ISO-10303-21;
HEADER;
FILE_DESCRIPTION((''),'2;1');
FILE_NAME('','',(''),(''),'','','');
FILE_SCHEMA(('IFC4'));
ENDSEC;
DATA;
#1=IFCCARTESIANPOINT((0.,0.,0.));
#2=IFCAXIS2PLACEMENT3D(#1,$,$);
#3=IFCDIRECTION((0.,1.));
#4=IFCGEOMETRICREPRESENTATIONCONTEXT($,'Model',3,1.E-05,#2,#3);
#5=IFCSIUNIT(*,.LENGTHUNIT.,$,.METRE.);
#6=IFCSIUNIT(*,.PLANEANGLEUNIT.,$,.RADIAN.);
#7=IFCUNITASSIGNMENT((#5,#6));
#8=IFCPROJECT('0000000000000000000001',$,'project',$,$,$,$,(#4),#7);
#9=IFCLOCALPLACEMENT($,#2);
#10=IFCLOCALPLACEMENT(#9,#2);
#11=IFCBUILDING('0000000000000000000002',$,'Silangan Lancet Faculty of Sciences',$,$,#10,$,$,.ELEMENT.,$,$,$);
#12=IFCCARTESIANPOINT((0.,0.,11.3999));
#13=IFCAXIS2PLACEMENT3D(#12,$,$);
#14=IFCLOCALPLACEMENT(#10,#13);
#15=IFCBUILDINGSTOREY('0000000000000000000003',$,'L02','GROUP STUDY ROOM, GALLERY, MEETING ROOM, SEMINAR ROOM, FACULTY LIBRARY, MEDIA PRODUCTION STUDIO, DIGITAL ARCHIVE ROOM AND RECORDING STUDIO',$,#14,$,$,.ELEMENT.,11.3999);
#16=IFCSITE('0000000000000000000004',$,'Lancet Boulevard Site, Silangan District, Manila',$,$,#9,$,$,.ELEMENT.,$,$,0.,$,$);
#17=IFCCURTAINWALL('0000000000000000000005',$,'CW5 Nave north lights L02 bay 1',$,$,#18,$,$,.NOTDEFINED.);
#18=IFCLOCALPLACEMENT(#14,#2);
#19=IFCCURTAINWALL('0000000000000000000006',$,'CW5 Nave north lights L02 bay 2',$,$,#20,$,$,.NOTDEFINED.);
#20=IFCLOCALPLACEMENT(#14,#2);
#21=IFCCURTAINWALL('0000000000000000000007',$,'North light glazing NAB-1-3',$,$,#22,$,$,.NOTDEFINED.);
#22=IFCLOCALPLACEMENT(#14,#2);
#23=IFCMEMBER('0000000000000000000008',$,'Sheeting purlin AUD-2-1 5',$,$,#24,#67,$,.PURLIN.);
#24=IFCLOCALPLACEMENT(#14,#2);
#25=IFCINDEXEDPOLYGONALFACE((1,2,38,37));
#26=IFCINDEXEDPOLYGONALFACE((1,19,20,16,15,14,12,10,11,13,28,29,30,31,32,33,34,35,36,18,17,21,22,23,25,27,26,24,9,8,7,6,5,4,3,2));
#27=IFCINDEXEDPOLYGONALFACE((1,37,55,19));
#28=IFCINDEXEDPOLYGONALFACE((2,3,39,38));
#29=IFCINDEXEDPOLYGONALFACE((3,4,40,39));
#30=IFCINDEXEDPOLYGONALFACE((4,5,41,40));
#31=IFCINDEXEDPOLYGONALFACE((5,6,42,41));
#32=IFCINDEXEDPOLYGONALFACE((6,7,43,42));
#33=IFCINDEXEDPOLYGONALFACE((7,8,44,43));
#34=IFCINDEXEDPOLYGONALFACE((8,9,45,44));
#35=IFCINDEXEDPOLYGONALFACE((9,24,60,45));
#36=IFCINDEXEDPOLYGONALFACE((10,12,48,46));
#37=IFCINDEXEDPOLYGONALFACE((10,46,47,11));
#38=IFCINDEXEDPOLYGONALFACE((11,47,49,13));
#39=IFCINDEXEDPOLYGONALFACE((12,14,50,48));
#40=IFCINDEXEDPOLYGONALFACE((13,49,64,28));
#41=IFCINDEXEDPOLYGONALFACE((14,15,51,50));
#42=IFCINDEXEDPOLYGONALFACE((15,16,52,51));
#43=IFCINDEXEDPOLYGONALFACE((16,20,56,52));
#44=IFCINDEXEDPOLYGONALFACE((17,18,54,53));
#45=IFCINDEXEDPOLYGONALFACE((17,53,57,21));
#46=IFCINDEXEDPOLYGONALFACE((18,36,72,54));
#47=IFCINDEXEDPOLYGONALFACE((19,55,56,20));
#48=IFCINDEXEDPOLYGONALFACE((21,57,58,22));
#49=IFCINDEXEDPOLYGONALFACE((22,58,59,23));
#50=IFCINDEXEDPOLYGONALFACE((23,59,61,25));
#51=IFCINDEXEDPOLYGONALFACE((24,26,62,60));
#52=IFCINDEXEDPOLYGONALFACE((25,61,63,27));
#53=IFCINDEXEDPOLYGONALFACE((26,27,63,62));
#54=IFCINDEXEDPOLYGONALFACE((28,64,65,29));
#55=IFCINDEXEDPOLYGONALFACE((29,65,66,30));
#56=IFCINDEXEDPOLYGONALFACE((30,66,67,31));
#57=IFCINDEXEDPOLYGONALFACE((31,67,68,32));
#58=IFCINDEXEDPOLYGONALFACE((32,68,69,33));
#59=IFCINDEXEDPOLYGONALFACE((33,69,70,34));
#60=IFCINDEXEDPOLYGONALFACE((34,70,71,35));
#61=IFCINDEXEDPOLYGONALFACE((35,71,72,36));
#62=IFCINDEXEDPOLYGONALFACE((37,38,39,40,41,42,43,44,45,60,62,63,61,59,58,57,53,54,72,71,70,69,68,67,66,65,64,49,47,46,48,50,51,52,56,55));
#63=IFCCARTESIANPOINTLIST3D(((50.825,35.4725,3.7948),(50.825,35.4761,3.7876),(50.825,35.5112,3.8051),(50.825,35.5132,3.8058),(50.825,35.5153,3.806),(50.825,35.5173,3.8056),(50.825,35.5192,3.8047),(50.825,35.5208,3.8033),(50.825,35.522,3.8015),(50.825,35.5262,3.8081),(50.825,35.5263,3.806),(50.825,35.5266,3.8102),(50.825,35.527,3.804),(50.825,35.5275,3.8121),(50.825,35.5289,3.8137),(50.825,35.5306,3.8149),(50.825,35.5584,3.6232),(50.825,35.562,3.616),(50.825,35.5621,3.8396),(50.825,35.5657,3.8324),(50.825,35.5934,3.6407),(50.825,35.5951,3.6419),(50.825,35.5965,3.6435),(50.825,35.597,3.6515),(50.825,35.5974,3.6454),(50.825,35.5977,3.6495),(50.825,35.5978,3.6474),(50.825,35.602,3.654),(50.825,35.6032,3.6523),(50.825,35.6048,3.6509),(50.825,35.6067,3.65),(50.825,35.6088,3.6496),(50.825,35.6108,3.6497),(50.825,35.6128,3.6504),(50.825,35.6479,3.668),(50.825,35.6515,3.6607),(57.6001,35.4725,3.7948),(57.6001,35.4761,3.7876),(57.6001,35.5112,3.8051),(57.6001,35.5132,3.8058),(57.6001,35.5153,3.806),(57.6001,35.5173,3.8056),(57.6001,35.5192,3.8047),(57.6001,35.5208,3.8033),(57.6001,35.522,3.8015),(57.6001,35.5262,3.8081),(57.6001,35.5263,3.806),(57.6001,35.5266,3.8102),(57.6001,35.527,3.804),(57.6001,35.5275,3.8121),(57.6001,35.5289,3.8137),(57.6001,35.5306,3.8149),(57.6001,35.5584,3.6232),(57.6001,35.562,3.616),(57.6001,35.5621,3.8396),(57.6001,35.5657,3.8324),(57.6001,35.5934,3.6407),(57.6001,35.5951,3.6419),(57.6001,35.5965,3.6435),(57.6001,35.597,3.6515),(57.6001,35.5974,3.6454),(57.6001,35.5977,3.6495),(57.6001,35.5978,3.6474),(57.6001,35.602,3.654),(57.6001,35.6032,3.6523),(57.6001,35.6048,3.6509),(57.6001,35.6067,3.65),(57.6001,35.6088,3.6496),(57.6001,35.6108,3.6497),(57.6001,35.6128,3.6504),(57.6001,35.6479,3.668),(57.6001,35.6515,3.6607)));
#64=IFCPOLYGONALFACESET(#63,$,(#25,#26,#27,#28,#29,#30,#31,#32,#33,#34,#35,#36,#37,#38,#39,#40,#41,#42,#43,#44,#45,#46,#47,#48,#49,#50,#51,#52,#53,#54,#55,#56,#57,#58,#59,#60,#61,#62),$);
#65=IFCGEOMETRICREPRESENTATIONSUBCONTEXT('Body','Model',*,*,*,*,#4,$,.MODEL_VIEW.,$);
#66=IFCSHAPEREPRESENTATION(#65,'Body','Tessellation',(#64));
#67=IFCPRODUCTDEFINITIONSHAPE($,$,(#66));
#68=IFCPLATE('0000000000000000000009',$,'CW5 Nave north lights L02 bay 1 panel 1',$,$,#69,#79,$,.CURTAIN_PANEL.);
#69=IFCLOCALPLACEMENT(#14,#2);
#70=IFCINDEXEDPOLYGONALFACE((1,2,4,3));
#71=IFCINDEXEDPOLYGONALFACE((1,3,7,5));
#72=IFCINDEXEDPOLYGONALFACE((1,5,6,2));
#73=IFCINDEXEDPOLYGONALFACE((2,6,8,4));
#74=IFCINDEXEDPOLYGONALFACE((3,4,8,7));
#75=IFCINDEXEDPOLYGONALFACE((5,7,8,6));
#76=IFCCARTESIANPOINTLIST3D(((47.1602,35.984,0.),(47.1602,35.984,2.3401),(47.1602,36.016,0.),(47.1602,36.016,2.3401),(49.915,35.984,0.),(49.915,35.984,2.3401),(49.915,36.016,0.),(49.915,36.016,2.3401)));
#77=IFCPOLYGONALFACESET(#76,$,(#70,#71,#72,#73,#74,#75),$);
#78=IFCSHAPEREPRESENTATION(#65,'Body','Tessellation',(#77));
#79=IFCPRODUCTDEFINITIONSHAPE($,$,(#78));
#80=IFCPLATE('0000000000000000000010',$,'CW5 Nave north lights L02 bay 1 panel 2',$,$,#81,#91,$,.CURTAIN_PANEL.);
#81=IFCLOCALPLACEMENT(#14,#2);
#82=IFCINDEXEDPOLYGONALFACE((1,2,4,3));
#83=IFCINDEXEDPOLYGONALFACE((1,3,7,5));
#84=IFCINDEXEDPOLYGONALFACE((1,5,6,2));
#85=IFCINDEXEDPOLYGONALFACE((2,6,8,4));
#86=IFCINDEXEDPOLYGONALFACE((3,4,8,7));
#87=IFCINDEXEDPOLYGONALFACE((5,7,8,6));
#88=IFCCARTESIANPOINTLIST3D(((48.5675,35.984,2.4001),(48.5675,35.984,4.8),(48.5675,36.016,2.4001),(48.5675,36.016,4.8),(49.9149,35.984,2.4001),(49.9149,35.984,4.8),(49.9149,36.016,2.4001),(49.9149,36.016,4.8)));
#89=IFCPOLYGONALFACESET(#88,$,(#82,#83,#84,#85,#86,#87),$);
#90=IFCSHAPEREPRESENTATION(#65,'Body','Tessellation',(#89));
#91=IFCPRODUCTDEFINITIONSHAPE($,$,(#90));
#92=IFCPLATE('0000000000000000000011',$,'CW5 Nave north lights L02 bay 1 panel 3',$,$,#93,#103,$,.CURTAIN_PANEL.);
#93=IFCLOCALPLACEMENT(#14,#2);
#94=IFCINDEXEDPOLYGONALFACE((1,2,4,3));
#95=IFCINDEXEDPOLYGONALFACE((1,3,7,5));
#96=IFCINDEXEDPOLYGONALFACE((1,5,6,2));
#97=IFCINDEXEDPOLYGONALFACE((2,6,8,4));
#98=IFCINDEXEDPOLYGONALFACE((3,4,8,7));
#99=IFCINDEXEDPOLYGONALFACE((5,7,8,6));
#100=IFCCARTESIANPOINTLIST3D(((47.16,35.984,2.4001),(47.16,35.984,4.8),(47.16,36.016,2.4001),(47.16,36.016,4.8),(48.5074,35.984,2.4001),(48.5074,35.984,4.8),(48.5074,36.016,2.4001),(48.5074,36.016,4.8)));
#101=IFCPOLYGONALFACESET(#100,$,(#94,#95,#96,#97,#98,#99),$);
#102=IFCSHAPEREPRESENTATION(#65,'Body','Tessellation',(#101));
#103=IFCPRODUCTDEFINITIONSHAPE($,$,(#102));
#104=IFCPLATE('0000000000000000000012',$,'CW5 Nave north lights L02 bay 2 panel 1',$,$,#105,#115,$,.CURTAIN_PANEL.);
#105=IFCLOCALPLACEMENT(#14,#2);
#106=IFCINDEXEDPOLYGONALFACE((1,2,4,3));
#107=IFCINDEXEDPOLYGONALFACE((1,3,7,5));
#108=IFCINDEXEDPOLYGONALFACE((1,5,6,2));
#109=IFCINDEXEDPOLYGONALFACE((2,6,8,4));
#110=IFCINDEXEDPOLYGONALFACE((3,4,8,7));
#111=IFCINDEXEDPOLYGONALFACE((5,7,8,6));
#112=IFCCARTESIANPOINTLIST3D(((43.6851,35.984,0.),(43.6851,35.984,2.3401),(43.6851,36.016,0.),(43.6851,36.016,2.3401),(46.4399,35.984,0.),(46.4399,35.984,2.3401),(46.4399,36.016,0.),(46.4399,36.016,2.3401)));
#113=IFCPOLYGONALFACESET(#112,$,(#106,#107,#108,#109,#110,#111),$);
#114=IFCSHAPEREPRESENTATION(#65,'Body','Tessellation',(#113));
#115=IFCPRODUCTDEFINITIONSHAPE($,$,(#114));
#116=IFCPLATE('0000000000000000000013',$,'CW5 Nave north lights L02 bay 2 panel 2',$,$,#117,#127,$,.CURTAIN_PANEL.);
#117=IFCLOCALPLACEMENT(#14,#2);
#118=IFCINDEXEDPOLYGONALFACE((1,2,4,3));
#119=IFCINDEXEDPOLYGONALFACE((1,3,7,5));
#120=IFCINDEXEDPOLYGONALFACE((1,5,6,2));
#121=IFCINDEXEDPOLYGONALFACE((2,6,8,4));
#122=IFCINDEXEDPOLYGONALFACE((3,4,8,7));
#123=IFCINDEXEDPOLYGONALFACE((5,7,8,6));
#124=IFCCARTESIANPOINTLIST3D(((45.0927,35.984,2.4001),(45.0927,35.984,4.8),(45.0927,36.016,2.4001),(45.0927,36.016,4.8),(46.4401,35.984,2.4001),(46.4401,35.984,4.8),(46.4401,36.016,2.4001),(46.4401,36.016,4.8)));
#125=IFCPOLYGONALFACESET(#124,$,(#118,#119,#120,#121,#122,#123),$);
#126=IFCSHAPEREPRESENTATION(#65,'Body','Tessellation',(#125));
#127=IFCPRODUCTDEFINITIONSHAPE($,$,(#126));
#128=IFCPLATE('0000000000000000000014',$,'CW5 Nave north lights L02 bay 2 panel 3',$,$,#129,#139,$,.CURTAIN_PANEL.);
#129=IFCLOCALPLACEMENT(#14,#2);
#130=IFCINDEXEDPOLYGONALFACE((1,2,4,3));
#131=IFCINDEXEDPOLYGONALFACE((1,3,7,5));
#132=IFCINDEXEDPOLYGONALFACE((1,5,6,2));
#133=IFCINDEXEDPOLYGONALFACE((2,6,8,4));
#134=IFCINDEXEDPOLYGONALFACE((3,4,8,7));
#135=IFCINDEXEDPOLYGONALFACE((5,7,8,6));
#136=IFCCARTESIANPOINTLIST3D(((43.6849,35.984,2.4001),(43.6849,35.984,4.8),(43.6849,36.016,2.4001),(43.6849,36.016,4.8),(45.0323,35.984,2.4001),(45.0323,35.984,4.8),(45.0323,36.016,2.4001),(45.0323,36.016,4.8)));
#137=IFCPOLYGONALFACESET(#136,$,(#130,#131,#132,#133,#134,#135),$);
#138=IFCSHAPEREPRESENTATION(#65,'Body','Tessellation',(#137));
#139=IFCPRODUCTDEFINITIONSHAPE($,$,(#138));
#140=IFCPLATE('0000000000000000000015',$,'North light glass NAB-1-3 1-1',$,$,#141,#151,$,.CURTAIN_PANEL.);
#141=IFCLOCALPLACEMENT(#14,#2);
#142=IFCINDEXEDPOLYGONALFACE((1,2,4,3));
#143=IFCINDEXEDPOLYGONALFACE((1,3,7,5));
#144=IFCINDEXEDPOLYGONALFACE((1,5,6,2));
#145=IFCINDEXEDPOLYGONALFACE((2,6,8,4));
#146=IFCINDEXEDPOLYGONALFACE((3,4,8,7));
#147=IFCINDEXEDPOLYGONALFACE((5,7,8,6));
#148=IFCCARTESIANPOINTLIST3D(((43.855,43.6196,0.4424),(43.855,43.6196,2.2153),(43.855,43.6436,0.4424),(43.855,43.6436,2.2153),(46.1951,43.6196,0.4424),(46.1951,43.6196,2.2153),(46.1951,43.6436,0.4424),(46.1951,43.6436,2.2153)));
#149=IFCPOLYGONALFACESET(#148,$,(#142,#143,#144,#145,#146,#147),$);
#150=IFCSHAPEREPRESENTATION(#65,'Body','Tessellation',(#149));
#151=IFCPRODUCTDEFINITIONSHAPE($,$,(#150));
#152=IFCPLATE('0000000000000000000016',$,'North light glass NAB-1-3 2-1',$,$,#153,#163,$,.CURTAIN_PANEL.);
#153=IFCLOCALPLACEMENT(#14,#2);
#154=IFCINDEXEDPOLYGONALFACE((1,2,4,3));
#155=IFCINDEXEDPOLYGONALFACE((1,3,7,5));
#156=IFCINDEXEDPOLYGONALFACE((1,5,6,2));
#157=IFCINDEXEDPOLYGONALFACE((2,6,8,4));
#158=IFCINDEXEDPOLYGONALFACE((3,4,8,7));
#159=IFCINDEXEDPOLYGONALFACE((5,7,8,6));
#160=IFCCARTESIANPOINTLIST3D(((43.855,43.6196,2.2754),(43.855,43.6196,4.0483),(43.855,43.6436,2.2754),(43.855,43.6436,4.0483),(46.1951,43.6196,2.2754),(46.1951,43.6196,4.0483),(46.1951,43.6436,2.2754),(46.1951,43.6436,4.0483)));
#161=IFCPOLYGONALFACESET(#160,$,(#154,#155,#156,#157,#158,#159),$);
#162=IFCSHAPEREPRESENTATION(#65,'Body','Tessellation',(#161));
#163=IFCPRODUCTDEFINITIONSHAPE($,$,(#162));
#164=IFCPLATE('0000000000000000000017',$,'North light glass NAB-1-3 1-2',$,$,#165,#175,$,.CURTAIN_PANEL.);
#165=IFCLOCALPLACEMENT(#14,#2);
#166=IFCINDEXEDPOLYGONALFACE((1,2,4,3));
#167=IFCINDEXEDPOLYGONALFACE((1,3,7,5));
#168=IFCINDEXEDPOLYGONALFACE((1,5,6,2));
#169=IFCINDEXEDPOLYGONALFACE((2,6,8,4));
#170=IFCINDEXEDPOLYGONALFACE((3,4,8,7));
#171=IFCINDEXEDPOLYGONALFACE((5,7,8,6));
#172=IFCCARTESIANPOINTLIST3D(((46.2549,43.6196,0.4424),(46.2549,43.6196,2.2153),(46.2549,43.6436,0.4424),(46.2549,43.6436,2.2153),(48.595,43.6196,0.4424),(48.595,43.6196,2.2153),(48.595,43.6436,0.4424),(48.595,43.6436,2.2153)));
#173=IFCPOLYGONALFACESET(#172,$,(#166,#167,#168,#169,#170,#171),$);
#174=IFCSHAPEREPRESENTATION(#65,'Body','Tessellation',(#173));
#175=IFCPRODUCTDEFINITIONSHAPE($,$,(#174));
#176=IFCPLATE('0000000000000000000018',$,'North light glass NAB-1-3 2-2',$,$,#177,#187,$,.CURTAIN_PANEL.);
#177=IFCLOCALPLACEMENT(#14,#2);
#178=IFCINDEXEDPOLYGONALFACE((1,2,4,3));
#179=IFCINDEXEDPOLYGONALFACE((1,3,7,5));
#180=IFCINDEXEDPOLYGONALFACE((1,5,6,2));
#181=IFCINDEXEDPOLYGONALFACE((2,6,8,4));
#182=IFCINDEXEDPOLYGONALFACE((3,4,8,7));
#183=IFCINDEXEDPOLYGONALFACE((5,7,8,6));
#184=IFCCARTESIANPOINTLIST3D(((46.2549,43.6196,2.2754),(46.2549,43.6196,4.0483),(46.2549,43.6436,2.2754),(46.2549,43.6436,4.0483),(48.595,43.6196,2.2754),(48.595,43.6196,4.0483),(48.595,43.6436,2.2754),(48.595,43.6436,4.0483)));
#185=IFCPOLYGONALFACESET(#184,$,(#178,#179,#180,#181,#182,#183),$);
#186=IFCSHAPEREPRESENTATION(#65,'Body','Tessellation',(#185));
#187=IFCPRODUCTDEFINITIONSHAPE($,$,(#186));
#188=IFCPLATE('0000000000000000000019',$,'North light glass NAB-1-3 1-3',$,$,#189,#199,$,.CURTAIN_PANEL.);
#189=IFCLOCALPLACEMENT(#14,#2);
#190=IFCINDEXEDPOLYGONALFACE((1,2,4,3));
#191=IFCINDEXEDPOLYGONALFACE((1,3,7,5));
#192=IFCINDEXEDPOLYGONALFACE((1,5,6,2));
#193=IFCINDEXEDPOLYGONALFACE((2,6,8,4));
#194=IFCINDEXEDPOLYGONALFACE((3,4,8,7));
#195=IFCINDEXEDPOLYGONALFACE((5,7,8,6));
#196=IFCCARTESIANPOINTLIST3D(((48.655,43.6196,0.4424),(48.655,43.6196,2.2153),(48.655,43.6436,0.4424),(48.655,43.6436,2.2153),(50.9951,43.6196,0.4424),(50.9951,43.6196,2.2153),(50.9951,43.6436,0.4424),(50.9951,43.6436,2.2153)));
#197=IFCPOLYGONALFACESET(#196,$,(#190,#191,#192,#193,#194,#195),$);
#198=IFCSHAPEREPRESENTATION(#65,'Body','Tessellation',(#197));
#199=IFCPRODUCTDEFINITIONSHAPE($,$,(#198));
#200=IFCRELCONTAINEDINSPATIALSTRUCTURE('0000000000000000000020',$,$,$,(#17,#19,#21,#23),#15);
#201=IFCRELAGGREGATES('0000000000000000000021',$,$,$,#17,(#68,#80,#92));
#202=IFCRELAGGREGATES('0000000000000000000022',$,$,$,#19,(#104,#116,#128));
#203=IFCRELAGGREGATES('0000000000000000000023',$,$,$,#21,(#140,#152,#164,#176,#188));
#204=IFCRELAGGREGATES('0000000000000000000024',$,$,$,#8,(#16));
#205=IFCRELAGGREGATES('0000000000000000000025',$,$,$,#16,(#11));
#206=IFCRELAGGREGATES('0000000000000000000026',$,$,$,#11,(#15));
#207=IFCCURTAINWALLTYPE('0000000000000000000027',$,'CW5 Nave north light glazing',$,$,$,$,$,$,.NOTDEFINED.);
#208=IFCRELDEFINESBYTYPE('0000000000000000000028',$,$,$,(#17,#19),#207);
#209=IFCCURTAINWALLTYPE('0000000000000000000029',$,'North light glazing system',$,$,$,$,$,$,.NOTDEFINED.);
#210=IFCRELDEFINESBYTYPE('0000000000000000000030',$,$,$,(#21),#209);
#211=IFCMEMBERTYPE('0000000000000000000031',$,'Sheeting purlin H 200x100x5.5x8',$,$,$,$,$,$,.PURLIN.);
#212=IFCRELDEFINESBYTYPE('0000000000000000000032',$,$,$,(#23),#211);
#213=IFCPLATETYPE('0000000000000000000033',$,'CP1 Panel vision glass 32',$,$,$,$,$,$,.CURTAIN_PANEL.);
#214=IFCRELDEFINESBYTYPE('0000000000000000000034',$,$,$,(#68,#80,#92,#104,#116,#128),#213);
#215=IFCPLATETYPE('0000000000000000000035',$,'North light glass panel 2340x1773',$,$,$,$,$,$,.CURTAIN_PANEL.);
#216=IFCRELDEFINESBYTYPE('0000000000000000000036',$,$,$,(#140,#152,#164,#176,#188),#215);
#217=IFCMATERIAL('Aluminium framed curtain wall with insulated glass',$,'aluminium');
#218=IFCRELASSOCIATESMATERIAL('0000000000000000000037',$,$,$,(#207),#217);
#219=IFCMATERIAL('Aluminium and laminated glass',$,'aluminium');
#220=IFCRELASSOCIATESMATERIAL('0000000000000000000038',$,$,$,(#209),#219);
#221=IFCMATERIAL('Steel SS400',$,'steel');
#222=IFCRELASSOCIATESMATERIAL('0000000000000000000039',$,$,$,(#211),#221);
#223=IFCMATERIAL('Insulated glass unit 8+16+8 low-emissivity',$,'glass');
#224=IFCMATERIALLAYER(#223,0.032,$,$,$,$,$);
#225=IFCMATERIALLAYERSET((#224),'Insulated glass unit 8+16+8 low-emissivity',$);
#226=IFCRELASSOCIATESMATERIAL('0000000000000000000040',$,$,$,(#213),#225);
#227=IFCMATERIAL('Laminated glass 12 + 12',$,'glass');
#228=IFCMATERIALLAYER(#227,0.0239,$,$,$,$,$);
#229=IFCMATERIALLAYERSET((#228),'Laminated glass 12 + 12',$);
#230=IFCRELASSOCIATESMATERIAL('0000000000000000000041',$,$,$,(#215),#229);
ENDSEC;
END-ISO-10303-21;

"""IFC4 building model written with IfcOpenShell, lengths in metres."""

from ifc_helpers import new_model, si_unit, direction, frame, origin, origin_2d, place, context, subcontext, project, spatial, polyline, rectangle, i_section, outline, extrude, material, layer, layer_set, material_profile, profile_set, type_object, element, aggregate, save


model = new_model("IFC4")

# Units and contexts
model_context = context("Model", 3, precision=1e-05, world=origin(), true_north=direction((0.0, 1.0)))
body_context = subcontext(model_context, "Body", "Model", "MODEL_VIEW")
ifc_project = project(units=[si_unit("LENGTHUNIT", "METRE"), si_unit("PLANEANGLEUNIT", "RADIAN")], contexts=[model_context])

# Site, building, storey
site_placement = place(None, origin())
site = spatial("IfcSite", under=ifc_project, at=site_placement, Name="Lancet Boulevard Site, Silangan District, Manila", CompositionType="ELEMENT", RefElevation=0.0)
building_placement = place(site_placement, origin())
building = spatial("IfcBuilding", under=site, at=building_placement, Name="Silangan Lancet Faculty of Sciences", CompositionType="ELEMENT")
storey_placement = place(building_placement, frame((0.0, 0.0, 11.3999)))
storey = spatial("IfcBuildingStorey", under=building, at=storey_placement, Name="L02", Description="GROUP STUDY ROOM, GALLERY, MEETING ROOM, SEMINAR ROOM, FACULTY LIBRARY, MEDIA PRODUCTION STUDIO, DIGITAL ARCHIVE ROOM AND RECORDING STUDIO", CompositionType="ELEMENT", Elevation=11.3999)

# Curtain walls
ifc_material_1 = material(Name="Aluminium framed curtain wall with insulated glass", Category="aluminium")
curtain_wall_type_1 = type_object("IfcCurtainWallType", Name="CW5 Nave north light glazing", PredefinedType="NOTDEFINED", material=ifc_material_1)
curtain_wall_1_placement = place(storey_placement, origin())
curtain_wall_1 = element("IfcCurtainWall", 1, at=curtain_wall_1_placement, inside=storey, type_object=curtain_wall_type_1, Name="CW5 Nave north lights L02 bay 1", PredefinedType="NOTDEFINED")
curtain_wall_2_placement = place(storey_placement, origin())
curtain_wall_2 = element("IfcCurtainWall", 2, at=curtain_wall_2_placement, inside=storey, type_object=curtain_wall_type_1, Name="CW5 Nave north lights L02 bay 2", PredefinedType="NOTDEFINED")

# Curtain wall
ifc_material_2 = material(Name="Aluminium and laminated glass", Category="aluminium")
curtain_wall_type_2 = type_object("IfcCurtainWallType", Name="North light glazing system", PredefinedType="NOTDEFINED", material=ifc_material_2)
curtain_wall_3_placement = place(storey_placement, origin())
curtain_wall_3 = element("IfcCurtainWall", 3, at=curtain_wall_3_placement, inside=storey, type_object=curtain_wall_type_2, Name="North light glazing NAB-1-3", PredefinedType="NOTDEFINED")

# Member
ifc_material_3 = material(Name="Steel SS400", Category="steel")
ifc_material_profile_1 = material_profile(ifc_material_3, i_section(OverallWidth=0.1001, OverallDepth=0.2, WebThickness=0.0056, FlangeThickness=0.0081, FilletRadius=0.0081, at=origin_2d()), Name="H 200x100x5.5x8")
ifc_profile_set_1 = profile_set([ifc_material_profile_1], Name="Steel SS400")
member_type_1 = type_object("IfcMemberType", Name="Sheeting purlin H 200x100x5.5x8", PredefinedType="PURLIN", material=ifc_profile_set_1)
for number, where, z_axis, x_axis, name in (
    (4, (50.825, 35.562, 3.7278), (1.0, 0.0, 0.0), (0.0, 0.894427, 0.447214), "Sheeting purlin AUD-2-1 5"),
):
    element("IfcMember", number, at=place(storey_placement, frame(where, z_axis=z_axis, x_axis=x_axis)), inside=storey, type_object=member_type_1, Name=name, PredefinedType="PURLIN", context=body_context, shape_type="SweptSolid", body=[
        extrude(i_section(OverallWidth=0.1001, OverallDepth=0.2, WebThickness=0.0056, FlangeThickness=0.0081, FilletRadius=0.0081, at=origin_2d()), origin(), (0.0, 0.0, 1.0), 6.7751),
    ])

# Plates
ifc_material_4 = material(Name="Insulated glass unit 8+16+8 low-emissivity", Category="glass")
ifc_layer_1 = layer(ifc_material_4, 0.032)
ifc_layer_set_1 = layer_set([ifc_layer_1], Name="Insulated glass unit 8+16+8 low-emissivity")
plate_type_1 = type_object("IfcPlateType", Name="CP1 Panel vision glass 32", PredefinedType="CURTAIN_PANEL", material=ifc_layer_set_1)
plate_1_placement = place(storey_placement, frame((48.5376, 36.0, 0.0), z_axis=(0.0, 0.0, 1.0), x_axis=(-1.0, 0.0, 0.0)))
plate_1 = element("IfcPlate", 5, at=plate_1_placement, type_object=plate_type_1, Name="CW5 Nave north lights L02 bay 1 panel 1", PredefinedType="CURTAIN_PANEL", context=body_context, shape_type="SweptSolid", body=[
    extrude(rectangle(XDim=2.7549, YDim=0.032, at=origin_2d()), origin(), (0.0, 0.0, 1.0), 2.3401),
])
plate_2_placement = place(storey_placement, frame((49.2412, 36.0, 2.4001), z_axis=(0.0, 0.0, 1.0), x_axis=(-1.0, 0.0, 0.0)))
plate_2 = element("IfcPlate", 6, at=plate_2_placement, type_object=plate_type_1, Name="CW5 Nave north lights L02 bay 1 panel 2", PredefinedType="CURTAIN_PANEL", context=body_context, shape_type="SweptSolid", body=[
    extrude(rectangle(XDim=1.3474, YDim=0.032, at=origin_2d()), origin(), (0.0, 0.0, 1.0), 2.3999),
])
plate_3_placement = place(storey_placement, frame((47.8337, 36.0, 2.4001), z_axis=(0.0, 0.0, 1.0), x_axis=(-1.0, 0.0, 0.0)))
plate_3 = element("IfcPlate", 7, at=plate_3_placement, type_object=plate_type_1, Name="CW5 Nave north lights L02 bay 1 panel 3", PredefinedType="CURTAIN_PANEL", context=body_context, shape_type="SweptSolid", body=[
    extrude(rectangle(XDim=1.3474, YDim=0.032, at=origin_2d()), origin(), (0.0, 0.0, 1.0), 2.3999),
])
aggregate(curtain_wall_1, [plate_1, plate_2, plate_3])
plate_4_placement = place(storey_placement, frame((45.0625, 36.0, 0.0), z_axis=(0.0, 0.0, 1.0), x_axis=(-1.0, 0.0, 0.0)))
plate_4 = element("IfcPlate", 8, at=plate_4_placement, type_object=plate_type_1, Name="CW5 Nave north lights L02 bay 2 panel 1", PredefinedType="CURTAIN_PANEL", context=body_context, shape_type="SweptSolid", body=[
    extrude(rectangle(XDim=2.7549, YDim=0.032, at=origin_2d()), origin(), (0.0, 0.0, 1.0), 2.3401),
])
plate_5_placement = place(storey_placement, frame((45.7664, 36.0, 2.4001), z_axis=(0.0, 0.0, 1.0), x_axis=(-1.0, 0.0, 0.0)))
plate_5 = element("IfcPlate", 9, at=plate_5_placement, type_object=plate_type_1, Name="CW5 Nave north lights L02 bay 2 panel 2", PredefinedType="CURTAIN_PANEL", context=body_context, shape_type="SweptSolid", body=[
    extrude(rectangle(XDim=1.3474, YDim=0.032, at=origin_2d()), origin(), (0.0, 0.0, 1.0), 2.3999),
])
plate_6_placement = place(storey_placement, frame((44.3586, 36.0, 2.4001), z_axis=(0.0, 0.0, 1.0), x_axis=(-1.0, 0.0, 0.0)))
plate_6 = element("IfcPlate", 10, at=plate_6_placement, type_object=plate_type_1, Name="CW5 Nave north lights L02 bay 2 panel 3", PredefinedType="CURTAIN_PANEL", context=body_context, shape_type="SweptSolid", body=[
    extrude(rectangle(XDim=1.3474, YDim=0.032, at=origin_2d()), origin(), (0.0, 0.0, 1.0), 2.3999),
])
aggregate(curtain_wall_2, [plate_4, plate_5, plate_6])
ifc_material_5 = material(Name="Laminated glass 12 + 12", Category="glass")
ifc_layer_2 = layer(ifc_material_5, 0.0239)
ifc_layer_set_2 = layer_set([ifc_layer_2], Name="Laminated glass 12 + 12")
plate_type_2 = type_object("IfcPlateType", Name="North light glass panel 2340x1773", PredefinedType="CURTAIN_PANEL", material=ifc_layer_set_2)
plate_7_placement = place(storey_placement, frame((43.855, 43.6196, 0.4424), z_axis=(0.0, -1.0, 0.0), x_axis=(1.0, 0.0, 0.0)))
plate_7 = element("IfcPlate", 11, at=plate_7_placement, type_object=plate_type_2, Name="North light glass NAB-1-3 1-1", PredefinedType="CURTAIN_PANEL", context=body_context, shape_type="SweptSolid", body=[
    extrude(outline(polyline([(0.0, 0.0), (2.3401, 0.0), (2.3401, 1.7729), (0.0, 1.7729), (0.0, 0.0)])), origin(), (0.0, 0.0, -1.0), 0.0239),
])
plate_8_placement = place(storey_placement, frame((43.855, 43.6196, 2.2754), z_axis=(0.0, -1.0, 0.0), x_axis=(1.0, 0.0, 0.0)))
plate_8 = element("IfcPlate", 12, at=plate_8_placement, type_object=plate_type_2, Name="North light glass NAB-1-3 2-1", PredefinedType="CURTAIN_PANEL", context=body_context, shape_type="SweptSolid", body=[
    extrude(outline(polyline([(0.0, 0.0), (2.3401, 0.0), (2.3401, 1.7729), (0.0, 1.7729), (0.0, 0.0)])), origin(), (0.0, 0.0, -1.0), 0.0239),
])
plate_9_placement = place(storey_placement, frame((46.2549, 43.6196, 0.4424), z_axis=(0.0, -1.0, 0.0), x_axis=(1.0, 0.0, 0.0)))
plate_9 = element("IfcPlate", 13, at=plate_9_placement, type_object=plate_type_2, Name="North light glass NAB-1-3 1-2", PredefinedType="CURTAIN_PANEL", context=body_context, shape_type="SweptSolid", body=[
    extrude(outline(polyline([(0.0, 0.0), (2.3401, 0.0), (2.3401, 1.7729), (0.0, 1.7729), (0.0, 0.0)])), origin(), (0.0, 0.0, -1.0), 0.0239),
])
plate_10_placement = place(storey_placement, frame((46.2549, 43.6196, 2.2754), z_axis=(0.0, -1.0, 0.0), x_axis=(1.0, 0.0, 0.0)))
plate_10 = element("IfcPlate", 14, at=plate_10_placement, type_object=plate_type_2, Name="North light glass NAB-1-3 2-2", PredefinedType="CURTAIN_PANEL", context=body_context, shape_type="SweptSolid", body=[
    extrude(outline(polyline([(0.0, 0.0), (2.3401, 0.0), (2.3401, 1.7729), (0.0, 1.7729), (0.0, 0.0)])), origin(), (0.0, 0.0, -1.0), 0.0239),
])
plate_11_placement = place(storey_placement, frame((48.655, 43.6196, 0.4424), z_axis=(0.0, -1.0, 0.0), x_axis=(1.0, 0.0, 0.0)))
plate_11 = element("IfcPlate", 15, at=plate_11_placement, type_object=plate_type_2, Name="North light glass NAB-1-3 1-3", PredefinedType="CURTAIN_PANEL", context=body_context, shape_type="SweptSolid", body=[
    extrude(outline(polyline([(0.0, 0.0), (2.3401, 0.0), (2.3401, 1.7729), (0.0, 1.7729), (0.0, 0.0)])), origin(), (0.0, 0.0, -1.0), 0.0239),
])
aggregate(curtain_wall_3, [plate_7, plate_8, plate_9, plate_10, plate_11])

save(model, "model.ifc")
